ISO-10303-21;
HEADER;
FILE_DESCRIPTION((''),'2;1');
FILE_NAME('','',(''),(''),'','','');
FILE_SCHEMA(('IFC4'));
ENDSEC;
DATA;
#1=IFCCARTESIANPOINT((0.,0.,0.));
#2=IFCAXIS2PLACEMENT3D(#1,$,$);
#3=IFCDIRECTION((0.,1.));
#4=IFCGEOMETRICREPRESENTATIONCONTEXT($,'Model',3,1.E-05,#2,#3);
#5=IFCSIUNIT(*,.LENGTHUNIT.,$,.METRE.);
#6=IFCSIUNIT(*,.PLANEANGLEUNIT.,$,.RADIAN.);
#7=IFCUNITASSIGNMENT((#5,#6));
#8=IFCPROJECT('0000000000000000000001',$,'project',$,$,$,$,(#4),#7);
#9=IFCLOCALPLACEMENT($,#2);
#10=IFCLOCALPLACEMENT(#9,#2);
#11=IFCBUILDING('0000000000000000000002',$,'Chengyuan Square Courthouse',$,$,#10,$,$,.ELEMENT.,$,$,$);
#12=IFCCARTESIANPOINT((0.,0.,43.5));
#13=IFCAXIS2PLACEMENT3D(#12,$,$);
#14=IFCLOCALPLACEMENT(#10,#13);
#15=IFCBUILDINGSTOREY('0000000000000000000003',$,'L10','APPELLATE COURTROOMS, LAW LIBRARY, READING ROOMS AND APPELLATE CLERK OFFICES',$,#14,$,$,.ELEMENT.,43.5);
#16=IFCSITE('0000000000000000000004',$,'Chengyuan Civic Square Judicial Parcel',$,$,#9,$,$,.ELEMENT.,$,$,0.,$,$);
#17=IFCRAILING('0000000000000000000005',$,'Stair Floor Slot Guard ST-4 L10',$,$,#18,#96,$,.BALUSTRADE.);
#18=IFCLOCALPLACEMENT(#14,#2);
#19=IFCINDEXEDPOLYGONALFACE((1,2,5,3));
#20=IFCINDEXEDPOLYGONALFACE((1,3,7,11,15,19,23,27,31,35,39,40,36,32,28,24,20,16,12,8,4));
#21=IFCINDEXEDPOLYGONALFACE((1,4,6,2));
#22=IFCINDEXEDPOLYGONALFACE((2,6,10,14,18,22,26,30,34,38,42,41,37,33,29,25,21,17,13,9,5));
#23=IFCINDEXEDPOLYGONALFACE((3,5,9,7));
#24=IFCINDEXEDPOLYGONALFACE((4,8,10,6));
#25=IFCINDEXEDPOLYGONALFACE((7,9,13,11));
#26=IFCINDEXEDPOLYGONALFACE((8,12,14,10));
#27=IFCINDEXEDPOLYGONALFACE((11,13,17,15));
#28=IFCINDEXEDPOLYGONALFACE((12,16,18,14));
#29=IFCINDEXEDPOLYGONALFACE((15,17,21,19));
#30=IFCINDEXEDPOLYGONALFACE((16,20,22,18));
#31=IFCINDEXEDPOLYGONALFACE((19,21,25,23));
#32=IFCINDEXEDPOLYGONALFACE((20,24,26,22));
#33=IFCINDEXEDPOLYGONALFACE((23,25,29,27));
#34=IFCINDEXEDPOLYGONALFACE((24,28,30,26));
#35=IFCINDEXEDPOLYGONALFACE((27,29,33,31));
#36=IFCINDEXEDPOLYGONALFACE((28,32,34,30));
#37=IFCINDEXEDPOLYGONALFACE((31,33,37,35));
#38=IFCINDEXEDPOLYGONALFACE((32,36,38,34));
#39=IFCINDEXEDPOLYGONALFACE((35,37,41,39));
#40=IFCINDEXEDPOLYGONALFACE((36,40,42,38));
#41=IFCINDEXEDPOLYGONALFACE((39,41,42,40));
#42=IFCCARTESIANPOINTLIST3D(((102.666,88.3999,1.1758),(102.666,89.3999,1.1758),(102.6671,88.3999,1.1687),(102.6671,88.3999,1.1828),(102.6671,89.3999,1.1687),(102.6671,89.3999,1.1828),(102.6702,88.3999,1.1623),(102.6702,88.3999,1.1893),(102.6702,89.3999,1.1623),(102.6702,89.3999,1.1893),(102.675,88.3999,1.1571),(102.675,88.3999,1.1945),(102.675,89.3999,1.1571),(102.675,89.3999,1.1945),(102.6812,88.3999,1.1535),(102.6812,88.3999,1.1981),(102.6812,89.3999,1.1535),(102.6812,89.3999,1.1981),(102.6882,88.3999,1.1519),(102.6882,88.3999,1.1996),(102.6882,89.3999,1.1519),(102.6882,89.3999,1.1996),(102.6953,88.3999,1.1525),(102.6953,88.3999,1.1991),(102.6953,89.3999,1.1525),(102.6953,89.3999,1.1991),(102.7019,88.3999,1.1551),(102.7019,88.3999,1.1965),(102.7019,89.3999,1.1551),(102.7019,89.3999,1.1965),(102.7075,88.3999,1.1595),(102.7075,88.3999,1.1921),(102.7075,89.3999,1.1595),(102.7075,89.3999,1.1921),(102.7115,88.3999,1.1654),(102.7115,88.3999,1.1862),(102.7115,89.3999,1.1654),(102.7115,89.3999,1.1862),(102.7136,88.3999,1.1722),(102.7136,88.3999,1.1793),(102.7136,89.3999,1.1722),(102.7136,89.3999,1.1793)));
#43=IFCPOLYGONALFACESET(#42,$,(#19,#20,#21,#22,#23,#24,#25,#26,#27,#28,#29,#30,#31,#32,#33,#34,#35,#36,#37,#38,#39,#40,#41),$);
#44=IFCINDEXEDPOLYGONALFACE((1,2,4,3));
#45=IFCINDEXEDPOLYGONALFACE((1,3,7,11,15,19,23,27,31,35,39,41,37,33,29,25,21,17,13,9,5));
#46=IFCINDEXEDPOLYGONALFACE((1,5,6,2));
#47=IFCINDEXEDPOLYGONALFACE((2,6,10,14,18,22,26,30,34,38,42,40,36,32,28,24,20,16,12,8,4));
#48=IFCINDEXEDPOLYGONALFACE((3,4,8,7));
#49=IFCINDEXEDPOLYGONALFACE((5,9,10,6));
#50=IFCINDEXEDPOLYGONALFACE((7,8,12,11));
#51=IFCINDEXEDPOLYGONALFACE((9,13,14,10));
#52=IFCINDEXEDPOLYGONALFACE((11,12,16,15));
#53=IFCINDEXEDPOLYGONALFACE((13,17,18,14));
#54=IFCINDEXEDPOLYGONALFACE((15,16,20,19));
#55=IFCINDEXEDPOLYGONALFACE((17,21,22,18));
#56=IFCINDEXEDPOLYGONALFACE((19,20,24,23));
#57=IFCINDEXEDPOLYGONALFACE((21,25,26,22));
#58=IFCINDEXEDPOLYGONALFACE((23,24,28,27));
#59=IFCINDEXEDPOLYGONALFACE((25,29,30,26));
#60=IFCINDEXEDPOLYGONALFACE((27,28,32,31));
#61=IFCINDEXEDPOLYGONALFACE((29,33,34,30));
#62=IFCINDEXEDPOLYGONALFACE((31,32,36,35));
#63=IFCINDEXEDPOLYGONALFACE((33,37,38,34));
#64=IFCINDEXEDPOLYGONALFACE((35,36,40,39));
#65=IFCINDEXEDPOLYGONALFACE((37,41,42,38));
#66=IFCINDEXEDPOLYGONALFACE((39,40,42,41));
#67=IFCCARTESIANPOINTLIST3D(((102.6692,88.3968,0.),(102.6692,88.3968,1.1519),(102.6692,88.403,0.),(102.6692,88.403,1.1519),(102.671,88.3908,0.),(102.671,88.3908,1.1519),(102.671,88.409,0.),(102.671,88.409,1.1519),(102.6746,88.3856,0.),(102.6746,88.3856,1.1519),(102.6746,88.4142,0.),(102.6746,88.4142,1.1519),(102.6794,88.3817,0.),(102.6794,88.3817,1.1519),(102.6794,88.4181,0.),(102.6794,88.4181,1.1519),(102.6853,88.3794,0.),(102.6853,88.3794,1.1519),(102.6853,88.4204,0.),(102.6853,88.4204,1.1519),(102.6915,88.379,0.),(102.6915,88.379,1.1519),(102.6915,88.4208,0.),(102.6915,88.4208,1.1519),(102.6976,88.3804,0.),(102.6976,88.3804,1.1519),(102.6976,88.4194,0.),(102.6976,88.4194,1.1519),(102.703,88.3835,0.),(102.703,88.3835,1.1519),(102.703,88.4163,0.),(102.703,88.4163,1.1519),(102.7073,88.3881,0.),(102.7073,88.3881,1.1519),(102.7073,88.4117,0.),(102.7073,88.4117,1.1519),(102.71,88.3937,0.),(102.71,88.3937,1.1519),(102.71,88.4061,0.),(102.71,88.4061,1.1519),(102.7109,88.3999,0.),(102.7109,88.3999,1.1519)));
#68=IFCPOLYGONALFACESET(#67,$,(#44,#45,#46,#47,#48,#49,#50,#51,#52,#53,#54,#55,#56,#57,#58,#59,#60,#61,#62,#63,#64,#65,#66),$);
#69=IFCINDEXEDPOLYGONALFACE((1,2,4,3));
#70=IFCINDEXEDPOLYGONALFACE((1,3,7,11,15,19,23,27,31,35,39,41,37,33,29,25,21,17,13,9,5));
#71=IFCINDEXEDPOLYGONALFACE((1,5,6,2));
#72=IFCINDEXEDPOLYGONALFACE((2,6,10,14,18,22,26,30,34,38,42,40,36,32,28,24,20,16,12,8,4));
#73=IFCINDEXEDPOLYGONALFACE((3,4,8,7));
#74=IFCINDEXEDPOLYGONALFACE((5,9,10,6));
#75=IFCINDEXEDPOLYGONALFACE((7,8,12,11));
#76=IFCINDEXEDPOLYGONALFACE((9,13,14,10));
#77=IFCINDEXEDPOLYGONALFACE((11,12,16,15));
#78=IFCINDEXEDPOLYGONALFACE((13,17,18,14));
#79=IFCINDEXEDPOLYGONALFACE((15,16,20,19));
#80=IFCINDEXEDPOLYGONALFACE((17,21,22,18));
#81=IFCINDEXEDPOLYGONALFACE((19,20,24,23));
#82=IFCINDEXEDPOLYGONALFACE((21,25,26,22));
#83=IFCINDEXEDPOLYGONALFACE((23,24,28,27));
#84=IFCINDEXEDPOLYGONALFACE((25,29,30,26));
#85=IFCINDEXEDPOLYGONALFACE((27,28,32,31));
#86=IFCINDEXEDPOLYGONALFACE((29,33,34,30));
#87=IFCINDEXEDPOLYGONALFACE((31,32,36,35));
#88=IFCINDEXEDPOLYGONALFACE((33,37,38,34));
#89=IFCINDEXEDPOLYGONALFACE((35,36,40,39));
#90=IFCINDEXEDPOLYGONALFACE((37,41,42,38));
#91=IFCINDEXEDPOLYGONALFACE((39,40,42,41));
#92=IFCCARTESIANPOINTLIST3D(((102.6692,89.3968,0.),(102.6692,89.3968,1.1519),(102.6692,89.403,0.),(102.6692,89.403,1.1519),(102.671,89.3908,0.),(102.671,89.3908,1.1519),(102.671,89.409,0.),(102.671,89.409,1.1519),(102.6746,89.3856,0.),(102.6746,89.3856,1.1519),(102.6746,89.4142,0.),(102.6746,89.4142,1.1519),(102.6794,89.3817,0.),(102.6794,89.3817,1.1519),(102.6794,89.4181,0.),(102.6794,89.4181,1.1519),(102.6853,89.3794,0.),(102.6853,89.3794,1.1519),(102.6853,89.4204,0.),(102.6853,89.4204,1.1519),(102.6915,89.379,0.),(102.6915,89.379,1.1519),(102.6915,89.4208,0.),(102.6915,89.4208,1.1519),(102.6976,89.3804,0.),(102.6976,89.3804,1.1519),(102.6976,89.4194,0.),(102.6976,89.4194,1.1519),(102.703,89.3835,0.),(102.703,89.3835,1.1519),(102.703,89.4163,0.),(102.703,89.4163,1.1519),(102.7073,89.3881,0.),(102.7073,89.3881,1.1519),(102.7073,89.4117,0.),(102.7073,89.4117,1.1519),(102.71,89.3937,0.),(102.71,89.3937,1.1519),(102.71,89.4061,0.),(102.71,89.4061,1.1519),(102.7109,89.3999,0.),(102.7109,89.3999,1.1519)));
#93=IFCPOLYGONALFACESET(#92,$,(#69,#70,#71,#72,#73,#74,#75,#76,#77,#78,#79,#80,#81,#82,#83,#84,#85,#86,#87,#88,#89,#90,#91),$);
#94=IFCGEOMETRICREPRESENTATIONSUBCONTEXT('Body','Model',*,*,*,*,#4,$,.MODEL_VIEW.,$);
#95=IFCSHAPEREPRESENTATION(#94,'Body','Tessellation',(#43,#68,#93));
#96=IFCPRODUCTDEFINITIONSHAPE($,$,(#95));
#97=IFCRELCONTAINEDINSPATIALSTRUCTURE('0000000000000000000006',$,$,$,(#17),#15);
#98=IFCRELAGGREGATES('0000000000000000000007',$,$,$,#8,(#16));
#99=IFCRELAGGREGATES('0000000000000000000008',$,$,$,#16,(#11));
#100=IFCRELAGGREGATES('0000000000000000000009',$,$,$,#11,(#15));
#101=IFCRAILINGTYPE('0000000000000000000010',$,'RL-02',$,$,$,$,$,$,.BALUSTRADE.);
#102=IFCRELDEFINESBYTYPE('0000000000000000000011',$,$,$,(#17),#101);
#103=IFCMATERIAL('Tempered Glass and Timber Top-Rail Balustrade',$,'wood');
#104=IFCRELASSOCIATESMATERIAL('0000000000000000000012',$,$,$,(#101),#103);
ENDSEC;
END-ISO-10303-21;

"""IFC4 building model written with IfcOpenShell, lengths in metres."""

from ifc_helpers import new_model, si_unit, direction, frame, origin, origin_2d, place, context, subcontext, project, spatial, circle, extrude, material, type_object, element, save


model = new_model("IFC4")

# Units and contexts
model_context = context("Model", 3, precision=1e-05, world=origin(), true_north=direction((0.0, 1.0)))
body_context = subcontext(model_context, "Body", "Model", "MODEL_VIEW")
ifc_project = project(units=[si_unit("LENGTHUNIT", "METRE"), si_unit("PLANEANGLEUNIT", "RADIAN")], contexts=[model_context])

# Site, building, storey
site_placement = place(None, origin())
site = spatial("IfcSite", under=ifc_project, at=site_placement, Name="Chengyuan Civic Square Judicial Parcel", CompositionType="ELEMENT", RefElevation=0.0)
building_placement = place(site_placement, origin())
building = spatial("IfcBuilding", under=site, at=building_placement, Name="Chengyuan Square Courthouse", CompositionType="ELEMENT")
storey_placement = place(building_placement, frame((0.0, 0.0, 43.5)))
storey = spatial("IfcBuildingStorey", under=building, at=storey_placement, Name="L10", Description="APPELLATE COURTROOMS, LAW LIBRARY, READING ROOMS AND APPELLATE CLERK OFFICES", CompositionType="ELEMENT", Elevation=43.5)

# Railing
ifc_material_1 = material(Name="Tempered Glass and Timber Top-Rail Balustrade", Category="wood")
railing_type = type_object("IfcRailingType", Name="RL-02", PredefinedType="BALUSTRADE", material=ifc_material_1)
railing_placement = place(storey_placement, frame((102.6899, 88.3999, 0.0)))
element("IfcRailing", 1, at=railing_placement, inside=storey, type_object=railing_type, Name="Stair Floor Slot Guard ST-4 L10", PredefinedType="BALUSTRADE", context=body_context, shape_type="SweptSolid", body=[
    extrude(circle(Radius=0.0239, at=origin_2d()), frame((0.0, 0.0, 1.1758), z_axis=(0.0, 1.0, 0.0), x_axis=(-1.0, 0.0, 0.0)), (0.0, 0.0, 1.0), 1.0),
    extrude(circle(Radius=0.021, at=origin_2d()), origin(), (0.0, 0.0, 1.0), 1.1519),
    extrude(circle(Radius=0.021, at=origin_2d()), frame((0.0, 1.0, 0.0)), (0.0, 0.0, 1.0), 1.1519),
])

save(model, "model.ifc")
